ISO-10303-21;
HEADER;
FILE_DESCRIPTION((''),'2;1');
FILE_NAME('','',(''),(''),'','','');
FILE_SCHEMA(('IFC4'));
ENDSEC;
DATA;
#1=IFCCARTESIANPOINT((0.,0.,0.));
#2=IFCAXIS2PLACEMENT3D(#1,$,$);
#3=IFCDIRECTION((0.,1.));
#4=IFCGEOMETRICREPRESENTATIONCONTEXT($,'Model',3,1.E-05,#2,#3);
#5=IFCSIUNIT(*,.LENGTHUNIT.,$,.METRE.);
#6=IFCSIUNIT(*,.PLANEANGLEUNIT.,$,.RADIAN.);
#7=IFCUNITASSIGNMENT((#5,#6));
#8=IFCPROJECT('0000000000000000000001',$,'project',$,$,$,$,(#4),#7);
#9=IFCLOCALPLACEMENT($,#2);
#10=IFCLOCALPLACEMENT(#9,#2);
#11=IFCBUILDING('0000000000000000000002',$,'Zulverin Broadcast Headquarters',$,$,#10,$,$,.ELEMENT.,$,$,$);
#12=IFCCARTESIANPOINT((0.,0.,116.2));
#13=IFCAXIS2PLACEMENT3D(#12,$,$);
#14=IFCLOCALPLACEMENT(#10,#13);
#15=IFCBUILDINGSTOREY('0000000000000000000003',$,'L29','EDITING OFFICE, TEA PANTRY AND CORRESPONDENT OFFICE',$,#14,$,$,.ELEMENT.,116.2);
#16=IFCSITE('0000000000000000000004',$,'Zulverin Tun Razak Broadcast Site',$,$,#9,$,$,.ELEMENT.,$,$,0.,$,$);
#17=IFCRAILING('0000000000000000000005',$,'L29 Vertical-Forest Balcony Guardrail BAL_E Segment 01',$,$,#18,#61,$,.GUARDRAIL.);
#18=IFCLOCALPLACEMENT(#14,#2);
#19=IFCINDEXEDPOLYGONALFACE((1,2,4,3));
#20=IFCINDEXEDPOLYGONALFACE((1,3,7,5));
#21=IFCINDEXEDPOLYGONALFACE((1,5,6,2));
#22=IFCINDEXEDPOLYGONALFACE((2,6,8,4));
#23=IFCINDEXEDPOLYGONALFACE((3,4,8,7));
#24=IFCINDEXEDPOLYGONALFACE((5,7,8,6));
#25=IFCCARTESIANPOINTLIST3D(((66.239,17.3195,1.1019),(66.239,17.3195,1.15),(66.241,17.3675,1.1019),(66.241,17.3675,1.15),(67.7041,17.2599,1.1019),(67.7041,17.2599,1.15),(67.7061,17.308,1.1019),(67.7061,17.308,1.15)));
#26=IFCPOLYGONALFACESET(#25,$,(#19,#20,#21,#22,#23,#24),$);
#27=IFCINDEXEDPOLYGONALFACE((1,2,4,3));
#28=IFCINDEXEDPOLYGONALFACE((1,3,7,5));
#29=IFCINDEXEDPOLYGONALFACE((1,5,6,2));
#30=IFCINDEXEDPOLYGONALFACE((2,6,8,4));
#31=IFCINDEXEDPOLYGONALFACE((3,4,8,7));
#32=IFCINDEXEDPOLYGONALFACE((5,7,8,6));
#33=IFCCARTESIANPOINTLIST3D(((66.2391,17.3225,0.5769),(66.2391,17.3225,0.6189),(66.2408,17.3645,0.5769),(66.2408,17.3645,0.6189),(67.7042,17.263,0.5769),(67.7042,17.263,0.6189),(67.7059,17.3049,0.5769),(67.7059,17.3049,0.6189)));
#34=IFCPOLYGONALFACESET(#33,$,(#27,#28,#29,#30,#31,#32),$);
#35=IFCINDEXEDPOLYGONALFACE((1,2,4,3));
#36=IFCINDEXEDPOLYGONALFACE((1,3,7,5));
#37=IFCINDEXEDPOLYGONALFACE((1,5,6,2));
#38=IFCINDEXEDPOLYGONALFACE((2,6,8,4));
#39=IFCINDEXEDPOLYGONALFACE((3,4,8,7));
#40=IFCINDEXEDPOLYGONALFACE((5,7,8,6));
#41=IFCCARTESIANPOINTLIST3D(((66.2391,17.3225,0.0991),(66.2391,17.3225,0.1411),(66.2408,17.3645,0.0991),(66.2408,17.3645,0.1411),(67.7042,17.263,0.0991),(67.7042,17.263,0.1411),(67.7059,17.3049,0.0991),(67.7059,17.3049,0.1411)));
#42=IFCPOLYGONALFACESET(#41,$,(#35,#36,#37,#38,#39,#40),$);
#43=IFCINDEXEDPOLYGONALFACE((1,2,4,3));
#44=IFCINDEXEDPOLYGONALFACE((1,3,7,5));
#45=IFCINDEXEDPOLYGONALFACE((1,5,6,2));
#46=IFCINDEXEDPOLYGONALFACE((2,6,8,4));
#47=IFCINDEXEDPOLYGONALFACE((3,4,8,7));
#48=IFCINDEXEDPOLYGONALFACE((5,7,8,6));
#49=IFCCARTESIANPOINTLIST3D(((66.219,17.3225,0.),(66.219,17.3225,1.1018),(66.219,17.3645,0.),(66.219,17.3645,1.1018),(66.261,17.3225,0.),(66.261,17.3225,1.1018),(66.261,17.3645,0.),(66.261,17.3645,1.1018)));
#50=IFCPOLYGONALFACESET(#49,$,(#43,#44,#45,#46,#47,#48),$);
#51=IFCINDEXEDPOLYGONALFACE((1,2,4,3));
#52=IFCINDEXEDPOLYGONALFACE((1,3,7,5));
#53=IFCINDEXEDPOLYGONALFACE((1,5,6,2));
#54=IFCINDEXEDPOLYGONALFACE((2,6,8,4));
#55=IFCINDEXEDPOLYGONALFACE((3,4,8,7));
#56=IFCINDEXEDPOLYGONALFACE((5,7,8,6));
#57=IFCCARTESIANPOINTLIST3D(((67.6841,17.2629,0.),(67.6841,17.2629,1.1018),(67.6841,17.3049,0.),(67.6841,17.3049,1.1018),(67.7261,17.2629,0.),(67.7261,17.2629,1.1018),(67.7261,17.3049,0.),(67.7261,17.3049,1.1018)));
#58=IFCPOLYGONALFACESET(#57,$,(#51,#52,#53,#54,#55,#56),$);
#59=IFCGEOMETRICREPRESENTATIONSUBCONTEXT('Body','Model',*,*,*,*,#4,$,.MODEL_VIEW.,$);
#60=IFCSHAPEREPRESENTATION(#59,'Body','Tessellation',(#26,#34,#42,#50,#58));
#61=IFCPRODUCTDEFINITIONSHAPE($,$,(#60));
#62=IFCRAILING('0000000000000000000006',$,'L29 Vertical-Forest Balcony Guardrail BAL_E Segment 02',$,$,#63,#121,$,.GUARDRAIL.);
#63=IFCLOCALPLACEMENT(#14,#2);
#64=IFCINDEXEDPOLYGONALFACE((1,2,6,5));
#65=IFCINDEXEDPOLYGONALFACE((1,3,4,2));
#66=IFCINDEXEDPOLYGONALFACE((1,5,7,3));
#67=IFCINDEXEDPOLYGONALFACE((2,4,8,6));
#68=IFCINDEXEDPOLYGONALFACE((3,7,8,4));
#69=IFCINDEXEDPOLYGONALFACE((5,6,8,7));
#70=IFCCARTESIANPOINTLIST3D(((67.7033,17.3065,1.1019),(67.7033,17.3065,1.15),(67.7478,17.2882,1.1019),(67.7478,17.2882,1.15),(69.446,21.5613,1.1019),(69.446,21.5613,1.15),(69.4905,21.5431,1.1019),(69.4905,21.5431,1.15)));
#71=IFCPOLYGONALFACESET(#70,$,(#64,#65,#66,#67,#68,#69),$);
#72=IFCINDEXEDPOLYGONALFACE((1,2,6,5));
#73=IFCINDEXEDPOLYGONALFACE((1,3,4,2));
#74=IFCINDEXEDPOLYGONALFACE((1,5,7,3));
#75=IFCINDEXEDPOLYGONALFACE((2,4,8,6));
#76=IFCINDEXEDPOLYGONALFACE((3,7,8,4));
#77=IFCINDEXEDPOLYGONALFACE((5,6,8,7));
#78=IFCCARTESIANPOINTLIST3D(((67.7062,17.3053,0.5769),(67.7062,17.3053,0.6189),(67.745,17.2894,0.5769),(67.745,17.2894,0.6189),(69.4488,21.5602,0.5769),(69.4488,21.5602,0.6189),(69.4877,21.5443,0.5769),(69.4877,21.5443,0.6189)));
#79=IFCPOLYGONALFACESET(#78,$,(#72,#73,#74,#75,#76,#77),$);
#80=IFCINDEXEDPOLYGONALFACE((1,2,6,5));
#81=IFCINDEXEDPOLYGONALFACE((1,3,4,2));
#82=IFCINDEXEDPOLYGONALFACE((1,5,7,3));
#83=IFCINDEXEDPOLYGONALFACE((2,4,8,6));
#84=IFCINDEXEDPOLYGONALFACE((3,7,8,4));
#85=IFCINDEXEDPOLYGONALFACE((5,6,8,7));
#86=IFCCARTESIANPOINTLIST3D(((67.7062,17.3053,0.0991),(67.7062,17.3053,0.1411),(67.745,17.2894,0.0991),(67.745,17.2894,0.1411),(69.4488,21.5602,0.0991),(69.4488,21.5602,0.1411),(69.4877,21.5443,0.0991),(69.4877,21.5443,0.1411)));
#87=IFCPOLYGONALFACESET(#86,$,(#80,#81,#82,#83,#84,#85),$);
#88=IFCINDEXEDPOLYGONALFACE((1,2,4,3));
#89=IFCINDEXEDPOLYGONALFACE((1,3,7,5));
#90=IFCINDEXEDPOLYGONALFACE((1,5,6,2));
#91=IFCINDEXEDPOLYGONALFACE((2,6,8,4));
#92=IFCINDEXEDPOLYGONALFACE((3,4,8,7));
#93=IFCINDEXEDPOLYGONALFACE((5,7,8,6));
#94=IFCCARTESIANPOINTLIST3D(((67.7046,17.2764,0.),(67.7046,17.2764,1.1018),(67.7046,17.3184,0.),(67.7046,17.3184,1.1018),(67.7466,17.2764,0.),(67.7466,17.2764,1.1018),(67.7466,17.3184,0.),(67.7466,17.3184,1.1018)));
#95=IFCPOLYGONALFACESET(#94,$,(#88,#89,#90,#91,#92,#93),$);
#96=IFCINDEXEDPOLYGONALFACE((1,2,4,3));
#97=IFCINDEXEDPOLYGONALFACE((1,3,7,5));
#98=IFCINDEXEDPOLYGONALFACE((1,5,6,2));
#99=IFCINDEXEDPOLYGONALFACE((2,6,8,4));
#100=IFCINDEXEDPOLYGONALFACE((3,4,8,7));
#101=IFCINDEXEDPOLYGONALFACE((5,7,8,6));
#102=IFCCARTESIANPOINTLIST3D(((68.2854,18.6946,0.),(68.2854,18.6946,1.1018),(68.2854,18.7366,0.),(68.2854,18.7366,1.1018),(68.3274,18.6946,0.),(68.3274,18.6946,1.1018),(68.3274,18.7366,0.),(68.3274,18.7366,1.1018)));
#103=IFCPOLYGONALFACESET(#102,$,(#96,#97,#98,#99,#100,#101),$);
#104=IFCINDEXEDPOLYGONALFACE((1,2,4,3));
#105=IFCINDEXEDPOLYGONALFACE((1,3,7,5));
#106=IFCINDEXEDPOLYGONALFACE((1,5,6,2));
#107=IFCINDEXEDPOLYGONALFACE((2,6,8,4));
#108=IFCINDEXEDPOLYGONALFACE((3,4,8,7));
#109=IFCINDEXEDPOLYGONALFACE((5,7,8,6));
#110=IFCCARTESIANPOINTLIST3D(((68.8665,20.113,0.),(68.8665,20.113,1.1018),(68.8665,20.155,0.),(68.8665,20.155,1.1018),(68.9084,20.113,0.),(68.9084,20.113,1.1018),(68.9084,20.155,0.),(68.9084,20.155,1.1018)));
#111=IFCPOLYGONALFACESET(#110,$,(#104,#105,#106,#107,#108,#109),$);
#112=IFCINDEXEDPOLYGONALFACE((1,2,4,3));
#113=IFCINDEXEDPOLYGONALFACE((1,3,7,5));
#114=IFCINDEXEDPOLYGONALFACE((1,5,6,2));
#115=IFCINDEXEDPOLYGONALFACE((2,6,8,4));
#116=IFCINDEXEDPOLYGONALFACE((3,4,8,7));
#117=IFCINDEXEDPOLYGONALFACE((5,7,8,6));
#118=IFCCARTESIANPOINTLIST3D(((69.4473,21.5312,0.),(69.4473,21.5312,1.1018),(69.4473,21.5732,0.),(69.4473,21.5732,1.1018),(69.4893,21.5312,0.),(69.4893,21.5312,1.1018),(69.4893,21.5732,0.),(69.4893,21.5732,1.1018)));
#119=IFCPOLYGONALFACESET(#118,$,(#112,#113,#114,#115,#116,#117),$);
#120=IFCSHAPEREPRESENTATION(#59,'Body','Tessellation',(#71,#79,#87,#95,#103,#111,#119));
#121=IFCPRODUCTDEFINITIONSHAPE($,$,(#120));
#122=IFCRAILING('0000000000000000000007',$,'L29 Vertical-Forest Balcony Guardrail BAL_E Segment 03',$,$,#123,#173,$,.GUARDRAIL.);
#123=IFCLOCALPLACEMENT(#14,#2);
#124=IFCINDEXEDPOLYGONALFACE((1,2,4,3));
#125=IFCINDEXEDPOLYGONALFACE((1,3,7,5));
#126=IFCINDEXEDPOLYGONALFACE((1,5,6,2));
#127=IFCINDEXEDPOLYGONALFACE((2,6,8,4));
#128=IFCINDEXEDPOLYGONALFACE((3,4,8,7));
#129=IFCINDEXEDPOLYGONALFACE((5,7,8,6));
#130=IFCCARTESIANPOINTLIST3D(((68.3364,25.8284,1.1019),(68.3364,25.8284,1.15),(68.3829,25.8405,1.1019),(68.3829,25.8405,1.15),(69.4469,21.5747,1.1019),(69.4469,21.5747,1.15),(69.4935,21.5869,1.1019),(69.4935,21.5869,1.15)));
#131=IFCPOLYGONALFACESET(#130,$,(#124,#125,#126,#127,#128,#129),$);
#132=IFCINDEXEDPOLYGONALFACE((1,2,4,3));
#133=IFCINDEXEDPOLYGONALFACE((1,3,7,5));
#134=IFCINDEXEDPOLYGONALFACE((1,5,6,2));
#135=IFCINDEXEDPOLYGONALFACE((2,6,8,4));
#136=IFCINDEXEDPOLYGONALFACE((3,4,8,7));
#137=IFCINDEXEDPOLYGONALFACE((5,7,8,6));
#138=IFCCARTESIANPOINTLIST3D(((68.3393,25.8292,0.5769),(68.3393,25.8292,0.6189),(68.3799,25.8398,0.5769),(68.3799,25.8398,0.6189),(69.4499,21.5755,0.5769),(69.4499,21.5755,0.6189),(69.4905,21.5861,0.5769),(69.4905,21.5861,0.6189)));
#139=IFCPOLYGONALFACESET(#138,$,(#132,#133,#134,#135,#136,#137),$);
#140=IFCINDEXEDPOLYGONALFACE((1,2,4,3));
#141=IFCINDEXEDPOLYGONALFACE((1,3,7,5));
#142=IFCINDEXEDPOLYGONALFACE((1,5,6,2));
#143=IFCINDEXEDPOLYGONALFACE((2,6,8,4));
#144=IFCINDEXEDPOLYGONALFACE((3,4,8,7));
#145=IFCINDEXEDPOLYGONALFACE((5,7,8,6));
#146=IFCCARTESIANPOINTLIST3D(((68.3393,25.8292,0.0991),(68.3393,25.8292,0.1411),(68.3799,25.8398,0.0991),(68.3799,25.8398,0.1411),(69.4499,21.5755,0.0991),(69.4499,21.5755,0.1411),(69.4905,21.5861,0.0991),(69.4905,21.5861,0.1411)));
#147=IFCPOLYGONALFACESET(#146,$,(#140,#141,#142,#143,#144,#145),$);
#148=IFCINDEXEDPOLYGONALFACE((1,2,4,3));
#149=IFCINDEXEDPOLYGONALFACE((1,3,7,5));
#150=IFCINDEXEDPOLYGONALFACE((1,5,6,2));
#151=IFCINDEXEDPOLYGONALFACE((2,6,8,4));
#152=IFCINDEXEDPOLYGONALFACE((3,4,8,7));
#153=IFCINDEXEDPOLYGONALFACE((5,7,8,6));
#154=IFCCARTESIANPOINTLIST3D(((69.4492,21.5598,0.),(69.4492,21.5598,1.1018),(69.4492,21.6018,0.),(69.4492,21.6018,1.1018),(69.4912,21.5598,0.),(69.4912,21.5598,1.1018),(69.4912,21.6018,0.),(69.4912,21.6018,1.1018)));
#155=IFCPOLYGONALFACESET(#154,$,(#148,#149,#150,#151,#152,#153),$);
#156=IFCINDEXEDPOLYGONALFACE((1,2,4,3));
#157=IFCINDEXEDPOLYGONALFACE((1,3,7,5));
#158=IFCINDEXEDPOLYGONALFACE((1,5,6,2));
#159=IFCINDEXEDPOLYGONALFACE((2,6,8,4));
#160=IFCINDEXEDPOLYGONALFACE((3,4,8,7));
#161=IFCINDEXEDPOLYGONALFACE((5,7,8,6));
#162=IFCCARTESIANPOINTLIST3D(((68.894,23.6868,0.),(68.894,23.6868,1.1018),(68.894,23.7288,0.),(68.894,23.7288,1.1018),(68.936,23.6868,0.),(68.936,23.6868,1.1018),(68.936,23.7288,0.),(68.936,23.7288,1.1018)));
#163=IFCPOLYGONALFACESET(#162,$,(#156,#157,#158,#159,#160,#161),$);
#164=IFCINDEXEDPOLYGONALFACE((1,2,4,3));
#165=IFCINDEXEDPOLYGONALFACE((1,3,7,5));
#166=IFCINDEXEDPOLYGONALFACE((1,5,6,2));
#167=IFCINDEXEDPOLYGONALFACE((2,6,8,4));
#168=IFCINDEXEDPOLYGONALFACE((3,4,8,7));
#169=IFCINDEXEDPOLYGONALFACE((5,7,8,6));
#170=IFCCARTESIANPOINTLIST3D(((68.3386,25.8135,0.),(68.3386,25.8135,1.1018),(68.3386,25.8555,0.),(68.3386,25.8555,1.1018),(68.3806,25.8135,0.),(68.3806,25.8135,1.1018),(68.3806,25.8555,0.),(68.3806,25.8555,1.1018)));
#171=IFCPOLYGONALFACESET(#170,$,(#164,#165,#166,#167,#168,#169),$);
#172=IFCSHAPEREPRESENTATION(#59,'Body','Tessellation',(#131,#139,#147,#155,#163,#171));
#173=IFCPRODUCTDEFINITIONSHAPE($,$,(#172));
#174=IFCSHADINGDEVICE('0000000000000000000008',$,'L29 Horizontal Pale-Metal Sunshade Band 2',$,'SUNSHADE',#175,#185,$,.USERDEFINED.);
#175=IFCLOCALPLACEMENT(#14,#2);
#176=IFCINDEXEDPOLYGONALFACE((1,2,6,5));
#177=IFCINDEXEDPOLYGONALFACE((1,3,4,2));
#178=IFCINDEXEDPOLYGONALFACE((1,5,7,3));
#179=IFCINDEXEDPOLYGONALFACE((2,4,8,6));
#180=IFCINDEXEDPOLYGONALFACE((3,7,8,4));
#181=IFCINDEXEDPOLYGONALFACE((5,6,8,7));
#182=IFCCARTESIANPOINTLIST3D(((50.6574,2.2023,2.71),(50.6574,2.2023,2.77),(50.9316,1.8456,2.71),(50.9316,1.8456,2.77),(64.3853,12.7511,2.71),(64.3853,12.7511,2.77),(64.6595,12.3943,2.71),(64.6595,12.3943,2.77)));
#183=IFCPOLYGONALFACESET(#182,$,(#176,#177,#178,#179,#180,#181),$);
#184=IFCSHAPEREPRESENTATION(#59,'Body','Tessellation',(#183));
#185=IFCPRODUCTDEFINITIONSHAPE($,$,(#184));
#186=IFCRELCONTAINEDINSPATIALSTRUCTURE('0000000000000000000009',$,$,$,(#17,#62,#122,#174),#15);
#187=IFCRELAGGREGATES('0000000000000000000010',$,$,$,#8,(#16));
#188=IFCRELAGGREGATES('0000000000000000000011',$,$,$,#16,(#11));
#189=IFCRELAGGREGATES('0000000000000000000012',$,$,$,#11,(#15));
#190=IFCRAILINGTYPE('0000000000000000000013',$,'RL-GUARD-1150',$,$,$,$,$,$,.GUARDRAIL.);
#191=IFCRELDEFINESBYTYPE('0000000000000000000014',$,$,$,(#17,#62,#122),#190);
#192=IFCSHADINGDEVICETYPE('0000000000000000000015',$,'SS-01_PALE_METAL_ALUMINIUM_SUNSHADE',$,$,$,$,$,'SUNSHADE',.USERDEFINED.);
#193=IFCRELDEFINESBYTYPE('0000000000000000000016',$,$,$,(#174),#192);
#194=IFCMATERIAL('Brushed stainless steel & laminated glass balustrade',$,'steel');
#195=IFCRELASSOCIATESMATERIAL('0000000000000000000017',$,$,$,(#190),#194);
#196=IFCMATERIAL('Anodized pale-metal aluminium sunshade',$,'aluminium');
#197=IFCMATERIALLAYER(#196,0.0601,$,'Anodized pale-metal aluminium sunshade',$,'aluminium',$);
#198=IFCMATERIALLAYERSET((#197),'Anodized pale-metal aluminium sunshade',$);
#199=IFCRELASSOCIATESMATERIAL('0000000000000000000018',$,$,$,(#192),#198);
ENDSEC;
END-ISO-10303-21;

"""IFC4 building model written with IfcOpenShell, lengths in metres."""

from ifc_helpers import new_model, si_unit, direction, frame, origin, origin_2d, place, context, subcontext, project, spatial, rectangle, extrude, material, layer, layer_set, type_object, element, save


model = new_model("IFC4")

# Units and contexts
model_context = context("Model", 3, precision=1e-05, world=origin(), true_north=direction((0.0, 1.0)))
body_context = subcontext(model_context, "Body", "Model", "MODEL_VIEW")
ifc_project = project(units=[si_unit("LENGTHUNIT", "METRE"), si_unit("PLANEANGLEUNIT", "RADIAN")], contexts=[model_context])

# Site, building, storey
site_placement = place(None, origin())
site = spatial("IfcSite", under=ifc_project, at=site_placement, Name="Zulverin Tun Razak Broadcast Site", CompositionType="ELEMENT", RefElevation=0.0)
building_placement = place(site_placement, origin())
building = spatial("IfcBuilding", under=site, at=building_placement, Name="Zulverin Broadcast Headquarters", CompositionType="ELEMENT")
storey_placement = place(building_placement, frame((0.0, 0.0, 116.2)))
storey = spatial("IfcBuildingStorey", under=building, at=storey_placement, Name="L29", Description="EDITING OFFICE, TEA PANTRY AND CORRESPONDENT OFFICE", CompositionType="ELEMENT", Elevation=116.2)

# Railings
ifc_material_1 = material(Name="Brushed stainless steel & laminated glass balustrade", Category="steel")
railing_type = type_object("IfcRailingType", Name="RL-GUARD-1150", PredefinedType="GUARDRAIL", material=ifc_material_1)
railing_1_placement = place(storey_placement, frame((66.24, 17.3435, 0.0)))
element("IfcRailing", 1, at=railing_1_placement, inside=storey, type_object=railing_type, Name="L29 Vertical-Forest Balcony Guardrail BAL_E Segment 01", PredefinedType="GUARDRAIL", context=body_context, shape_type="SweptSolid", body=[
    extrude(rectangle(XDim=0.0481, YDim=0.0481, at=origin_2d()), frame((0.0, 0.0, 1.126), z_axis=(0.999174, -0.040626, 0.0), x_axis=(0.040626, 0.999174, 0.0)), (0.0, 0.0, 1.0), 1.4663),
    extrude(rectangle(XDim=0.042, YDim=0.042, at=origin_2d()), frame((0.0, 0.0, 0.5979), z_axis=(0.999174, -0.040626, 0.0), x_axis=(0.040626, 0.999174, 0.0)), (0.0, 0.0, 1.0), 1.4663),
    extrude(rectangle(XDim=0.042, YDim=0.042, at=origin_2d()), frame((0.0, 0.0, 0.1201), z_axis=(0.999174, -0.040626, 0.0), x_axis=(0.040626, 0.999174, 0.0)), (0.0, 0.0, 1.0), 1.4663),
    extrude(rectangle(XDim=0.042, YDim=0.042, at=origin_2d()), origin(), (0.0, 0.0, 1.0), 1.1018),
    extrude(rectangle(XDim=0.042, YDim=0.042, at=origin_2d()), frame((1.4651, -0.0596, 0.0)), (0.0, 0.0, 1.0), 1.1018),
])
railing_2_placement = place(storey_placement, frame((67.7256, 17.2974, 0.0)))
element("IfcRailing", 2, at=railing_2_placement, inside=storey, type_object=railing_type, Name="L29 Vertical-Forest Balcony Guardrail BAL_E Segment 02", PredefinedType="GUARDRAIL", context=body_context, shape_type="SweptSolid", body=[
    extrude(rectangle(XDim=0.0481, YDim=0.0481, at=origin_2d()), frame((0.0, 0.0, 1.126), z_axis=(0.379013, 0.925391, 0.0), x_axis=(-0.925391, 0.379013, 0.0)), (0.0, 0.0, 1.0), 4.5979),
    extrude(rectangle(XDim=0.042, YDim=0.042, at=origin_2d()), frame((0.0, 0.0, 0.5979), z_axis=(0.379013, 0.925391, 0.0), x_axis=(-0.925391, 0.379013, 0.0)), (0.0, 0.0, 1.0), 4.5979),
    extrude(rectangle(XDim=0.042, YDim=0.042, at=origin_2d()), frame((0.0, 0.0, 0.1201), z_axis=(0.379013, 0.925391, 0.0), x_axis=(-0.925391, 0.379013, 0.0)), (0.0, 0.0, 1.0), 4.5979),
    extrude(rectangle(XDim=0.042, YDim=0.042, at=origin_2d()), origin(), (0.0, 0.0, 1.0), 1.1018),
    extrude(rectangle(XDim=0.042, YDim=0.042, at=origin_2d()), frame((0.5808, 1.4182, 0.0)), (0.0, 0.0, 1.0), 1.1018),
    extrude(rectangle(XDim=0.042, YDim=0.042, at=origin_2d()), frame((1.1619, 2.8367, 0.0)), (0.0, 0.0, 1.0), 1.1018),
    extrude(rectangle(XDim=0.042, YDim=0.042, at=origin_2d()), frame((1.7427, 4.2549, 0.0)), (0.0, 0.0, 1.0), 1.1018),
])
railing_3_placement = place(storey_placement, frame((69.4702, 21.5808, 0.0)))
element("IfcRailing", 3, at=railing_3_placement, inside=storey, type_object=railing_type, Name="L29 Vertical-Forest Balcony Guardrail BAL_E Segment 03", PredefinedType="GUARDRAIL", context=body_context, shape_type="SweptSolid", body=[
    extrude(rectangle(XDim=0.0481, YDim=0.0481, at=origin_2d()), frame((0.0, 0.0, 1.126), z_axis=(-0.252623, 0.967565, 0.0), x_axis=(-0.967565, -0.252623, 0.0)), (0.0, 0.0, 1.0), 4.3962),
    extrude(rectangle(XDim=0.042, YDim=0.042, at=origin_2d()), frame((0.0, 0.0, 0.5979), z_axis=(-0.252623, 0.967565, 0.0), x_axis=(-0.967565, -0.252623, 0.0)), (0.0, 0.0, 1.0), 4.3962),
    extrude(rectangle(XDim=0.042, YDim=0.042, at=origin_2d()), frame((0.0, 0.0, 0.1201), z_axis=(-0.252623, 0.967565, 0.0), x_axis=(-0.967565, -0.252623, 0.0)), (0.0, 0.0, 1.0), 4.3962),
    extrude(rectangle(XDim=0.042, YDim=0.042, at=origin_2d()), origin(), (0.0, 0.0, 1.0), 1.1018),
    extrude(rectangle(XDim=0.042, YDim=0.042, at=origin_2d()), frame((-0.5552, 2.127, 0.0)), (0.0, 0.0, 1.0), 1.1018),
    extrude(rectangle(XDim=0.042, YDim=0.042, at=origin_2d()), frame((-1.1106, 4.2537, 0.0)), (0.0, 0.0, 1.0), 1.1018),
])

# Shading device
ifc_material_2 = material(Name="Anodized pale-metal aluminium sunshade", Category="aluminium")
ifc_layer_1 = layer(ifc_material_2, 0.0601, Name="Anodized pale-metal aluminium sunshade", Category="aluminium")
ifc_layer_set_1 = layer_set([ifc_layer_1], Name="Anodized pale-metal aluminium sunshade")
shading_device_type = type_object("IfcShadingDeviceType", Name="SS-01_PALE_METAL_ALUMINIUM_SUNSHADE", ElementType="SUNSHADE", PredefinedType="USERDEFINED", material=ifc_layer_set_1)
shading_device_placement = place(storey_placement, frame((57.6584, 7.2983, 2.71), z_axis=(0.0, 0.0, 1.0), x_axis=(0.792933, 0.609308, 0.0)))
element("IfcShadingDevice", 4, at=shading_device_placement, inside=storey, type_object=shading_device_type, Name="L29 Horizontal Pale-Metal Sunshade Band 2", ObjectType="SUNSHADE", PredefinedType="USERDEFINED", context=body_context, shape_type="SweptSolid", body=[
    extrude(rectangle(XDim=17.3127, YDim=0.45, at=origin_2d()), origin(), (0.0, 0.0, 1.0), 0.0601),
])

save(model, "model.ifc")
